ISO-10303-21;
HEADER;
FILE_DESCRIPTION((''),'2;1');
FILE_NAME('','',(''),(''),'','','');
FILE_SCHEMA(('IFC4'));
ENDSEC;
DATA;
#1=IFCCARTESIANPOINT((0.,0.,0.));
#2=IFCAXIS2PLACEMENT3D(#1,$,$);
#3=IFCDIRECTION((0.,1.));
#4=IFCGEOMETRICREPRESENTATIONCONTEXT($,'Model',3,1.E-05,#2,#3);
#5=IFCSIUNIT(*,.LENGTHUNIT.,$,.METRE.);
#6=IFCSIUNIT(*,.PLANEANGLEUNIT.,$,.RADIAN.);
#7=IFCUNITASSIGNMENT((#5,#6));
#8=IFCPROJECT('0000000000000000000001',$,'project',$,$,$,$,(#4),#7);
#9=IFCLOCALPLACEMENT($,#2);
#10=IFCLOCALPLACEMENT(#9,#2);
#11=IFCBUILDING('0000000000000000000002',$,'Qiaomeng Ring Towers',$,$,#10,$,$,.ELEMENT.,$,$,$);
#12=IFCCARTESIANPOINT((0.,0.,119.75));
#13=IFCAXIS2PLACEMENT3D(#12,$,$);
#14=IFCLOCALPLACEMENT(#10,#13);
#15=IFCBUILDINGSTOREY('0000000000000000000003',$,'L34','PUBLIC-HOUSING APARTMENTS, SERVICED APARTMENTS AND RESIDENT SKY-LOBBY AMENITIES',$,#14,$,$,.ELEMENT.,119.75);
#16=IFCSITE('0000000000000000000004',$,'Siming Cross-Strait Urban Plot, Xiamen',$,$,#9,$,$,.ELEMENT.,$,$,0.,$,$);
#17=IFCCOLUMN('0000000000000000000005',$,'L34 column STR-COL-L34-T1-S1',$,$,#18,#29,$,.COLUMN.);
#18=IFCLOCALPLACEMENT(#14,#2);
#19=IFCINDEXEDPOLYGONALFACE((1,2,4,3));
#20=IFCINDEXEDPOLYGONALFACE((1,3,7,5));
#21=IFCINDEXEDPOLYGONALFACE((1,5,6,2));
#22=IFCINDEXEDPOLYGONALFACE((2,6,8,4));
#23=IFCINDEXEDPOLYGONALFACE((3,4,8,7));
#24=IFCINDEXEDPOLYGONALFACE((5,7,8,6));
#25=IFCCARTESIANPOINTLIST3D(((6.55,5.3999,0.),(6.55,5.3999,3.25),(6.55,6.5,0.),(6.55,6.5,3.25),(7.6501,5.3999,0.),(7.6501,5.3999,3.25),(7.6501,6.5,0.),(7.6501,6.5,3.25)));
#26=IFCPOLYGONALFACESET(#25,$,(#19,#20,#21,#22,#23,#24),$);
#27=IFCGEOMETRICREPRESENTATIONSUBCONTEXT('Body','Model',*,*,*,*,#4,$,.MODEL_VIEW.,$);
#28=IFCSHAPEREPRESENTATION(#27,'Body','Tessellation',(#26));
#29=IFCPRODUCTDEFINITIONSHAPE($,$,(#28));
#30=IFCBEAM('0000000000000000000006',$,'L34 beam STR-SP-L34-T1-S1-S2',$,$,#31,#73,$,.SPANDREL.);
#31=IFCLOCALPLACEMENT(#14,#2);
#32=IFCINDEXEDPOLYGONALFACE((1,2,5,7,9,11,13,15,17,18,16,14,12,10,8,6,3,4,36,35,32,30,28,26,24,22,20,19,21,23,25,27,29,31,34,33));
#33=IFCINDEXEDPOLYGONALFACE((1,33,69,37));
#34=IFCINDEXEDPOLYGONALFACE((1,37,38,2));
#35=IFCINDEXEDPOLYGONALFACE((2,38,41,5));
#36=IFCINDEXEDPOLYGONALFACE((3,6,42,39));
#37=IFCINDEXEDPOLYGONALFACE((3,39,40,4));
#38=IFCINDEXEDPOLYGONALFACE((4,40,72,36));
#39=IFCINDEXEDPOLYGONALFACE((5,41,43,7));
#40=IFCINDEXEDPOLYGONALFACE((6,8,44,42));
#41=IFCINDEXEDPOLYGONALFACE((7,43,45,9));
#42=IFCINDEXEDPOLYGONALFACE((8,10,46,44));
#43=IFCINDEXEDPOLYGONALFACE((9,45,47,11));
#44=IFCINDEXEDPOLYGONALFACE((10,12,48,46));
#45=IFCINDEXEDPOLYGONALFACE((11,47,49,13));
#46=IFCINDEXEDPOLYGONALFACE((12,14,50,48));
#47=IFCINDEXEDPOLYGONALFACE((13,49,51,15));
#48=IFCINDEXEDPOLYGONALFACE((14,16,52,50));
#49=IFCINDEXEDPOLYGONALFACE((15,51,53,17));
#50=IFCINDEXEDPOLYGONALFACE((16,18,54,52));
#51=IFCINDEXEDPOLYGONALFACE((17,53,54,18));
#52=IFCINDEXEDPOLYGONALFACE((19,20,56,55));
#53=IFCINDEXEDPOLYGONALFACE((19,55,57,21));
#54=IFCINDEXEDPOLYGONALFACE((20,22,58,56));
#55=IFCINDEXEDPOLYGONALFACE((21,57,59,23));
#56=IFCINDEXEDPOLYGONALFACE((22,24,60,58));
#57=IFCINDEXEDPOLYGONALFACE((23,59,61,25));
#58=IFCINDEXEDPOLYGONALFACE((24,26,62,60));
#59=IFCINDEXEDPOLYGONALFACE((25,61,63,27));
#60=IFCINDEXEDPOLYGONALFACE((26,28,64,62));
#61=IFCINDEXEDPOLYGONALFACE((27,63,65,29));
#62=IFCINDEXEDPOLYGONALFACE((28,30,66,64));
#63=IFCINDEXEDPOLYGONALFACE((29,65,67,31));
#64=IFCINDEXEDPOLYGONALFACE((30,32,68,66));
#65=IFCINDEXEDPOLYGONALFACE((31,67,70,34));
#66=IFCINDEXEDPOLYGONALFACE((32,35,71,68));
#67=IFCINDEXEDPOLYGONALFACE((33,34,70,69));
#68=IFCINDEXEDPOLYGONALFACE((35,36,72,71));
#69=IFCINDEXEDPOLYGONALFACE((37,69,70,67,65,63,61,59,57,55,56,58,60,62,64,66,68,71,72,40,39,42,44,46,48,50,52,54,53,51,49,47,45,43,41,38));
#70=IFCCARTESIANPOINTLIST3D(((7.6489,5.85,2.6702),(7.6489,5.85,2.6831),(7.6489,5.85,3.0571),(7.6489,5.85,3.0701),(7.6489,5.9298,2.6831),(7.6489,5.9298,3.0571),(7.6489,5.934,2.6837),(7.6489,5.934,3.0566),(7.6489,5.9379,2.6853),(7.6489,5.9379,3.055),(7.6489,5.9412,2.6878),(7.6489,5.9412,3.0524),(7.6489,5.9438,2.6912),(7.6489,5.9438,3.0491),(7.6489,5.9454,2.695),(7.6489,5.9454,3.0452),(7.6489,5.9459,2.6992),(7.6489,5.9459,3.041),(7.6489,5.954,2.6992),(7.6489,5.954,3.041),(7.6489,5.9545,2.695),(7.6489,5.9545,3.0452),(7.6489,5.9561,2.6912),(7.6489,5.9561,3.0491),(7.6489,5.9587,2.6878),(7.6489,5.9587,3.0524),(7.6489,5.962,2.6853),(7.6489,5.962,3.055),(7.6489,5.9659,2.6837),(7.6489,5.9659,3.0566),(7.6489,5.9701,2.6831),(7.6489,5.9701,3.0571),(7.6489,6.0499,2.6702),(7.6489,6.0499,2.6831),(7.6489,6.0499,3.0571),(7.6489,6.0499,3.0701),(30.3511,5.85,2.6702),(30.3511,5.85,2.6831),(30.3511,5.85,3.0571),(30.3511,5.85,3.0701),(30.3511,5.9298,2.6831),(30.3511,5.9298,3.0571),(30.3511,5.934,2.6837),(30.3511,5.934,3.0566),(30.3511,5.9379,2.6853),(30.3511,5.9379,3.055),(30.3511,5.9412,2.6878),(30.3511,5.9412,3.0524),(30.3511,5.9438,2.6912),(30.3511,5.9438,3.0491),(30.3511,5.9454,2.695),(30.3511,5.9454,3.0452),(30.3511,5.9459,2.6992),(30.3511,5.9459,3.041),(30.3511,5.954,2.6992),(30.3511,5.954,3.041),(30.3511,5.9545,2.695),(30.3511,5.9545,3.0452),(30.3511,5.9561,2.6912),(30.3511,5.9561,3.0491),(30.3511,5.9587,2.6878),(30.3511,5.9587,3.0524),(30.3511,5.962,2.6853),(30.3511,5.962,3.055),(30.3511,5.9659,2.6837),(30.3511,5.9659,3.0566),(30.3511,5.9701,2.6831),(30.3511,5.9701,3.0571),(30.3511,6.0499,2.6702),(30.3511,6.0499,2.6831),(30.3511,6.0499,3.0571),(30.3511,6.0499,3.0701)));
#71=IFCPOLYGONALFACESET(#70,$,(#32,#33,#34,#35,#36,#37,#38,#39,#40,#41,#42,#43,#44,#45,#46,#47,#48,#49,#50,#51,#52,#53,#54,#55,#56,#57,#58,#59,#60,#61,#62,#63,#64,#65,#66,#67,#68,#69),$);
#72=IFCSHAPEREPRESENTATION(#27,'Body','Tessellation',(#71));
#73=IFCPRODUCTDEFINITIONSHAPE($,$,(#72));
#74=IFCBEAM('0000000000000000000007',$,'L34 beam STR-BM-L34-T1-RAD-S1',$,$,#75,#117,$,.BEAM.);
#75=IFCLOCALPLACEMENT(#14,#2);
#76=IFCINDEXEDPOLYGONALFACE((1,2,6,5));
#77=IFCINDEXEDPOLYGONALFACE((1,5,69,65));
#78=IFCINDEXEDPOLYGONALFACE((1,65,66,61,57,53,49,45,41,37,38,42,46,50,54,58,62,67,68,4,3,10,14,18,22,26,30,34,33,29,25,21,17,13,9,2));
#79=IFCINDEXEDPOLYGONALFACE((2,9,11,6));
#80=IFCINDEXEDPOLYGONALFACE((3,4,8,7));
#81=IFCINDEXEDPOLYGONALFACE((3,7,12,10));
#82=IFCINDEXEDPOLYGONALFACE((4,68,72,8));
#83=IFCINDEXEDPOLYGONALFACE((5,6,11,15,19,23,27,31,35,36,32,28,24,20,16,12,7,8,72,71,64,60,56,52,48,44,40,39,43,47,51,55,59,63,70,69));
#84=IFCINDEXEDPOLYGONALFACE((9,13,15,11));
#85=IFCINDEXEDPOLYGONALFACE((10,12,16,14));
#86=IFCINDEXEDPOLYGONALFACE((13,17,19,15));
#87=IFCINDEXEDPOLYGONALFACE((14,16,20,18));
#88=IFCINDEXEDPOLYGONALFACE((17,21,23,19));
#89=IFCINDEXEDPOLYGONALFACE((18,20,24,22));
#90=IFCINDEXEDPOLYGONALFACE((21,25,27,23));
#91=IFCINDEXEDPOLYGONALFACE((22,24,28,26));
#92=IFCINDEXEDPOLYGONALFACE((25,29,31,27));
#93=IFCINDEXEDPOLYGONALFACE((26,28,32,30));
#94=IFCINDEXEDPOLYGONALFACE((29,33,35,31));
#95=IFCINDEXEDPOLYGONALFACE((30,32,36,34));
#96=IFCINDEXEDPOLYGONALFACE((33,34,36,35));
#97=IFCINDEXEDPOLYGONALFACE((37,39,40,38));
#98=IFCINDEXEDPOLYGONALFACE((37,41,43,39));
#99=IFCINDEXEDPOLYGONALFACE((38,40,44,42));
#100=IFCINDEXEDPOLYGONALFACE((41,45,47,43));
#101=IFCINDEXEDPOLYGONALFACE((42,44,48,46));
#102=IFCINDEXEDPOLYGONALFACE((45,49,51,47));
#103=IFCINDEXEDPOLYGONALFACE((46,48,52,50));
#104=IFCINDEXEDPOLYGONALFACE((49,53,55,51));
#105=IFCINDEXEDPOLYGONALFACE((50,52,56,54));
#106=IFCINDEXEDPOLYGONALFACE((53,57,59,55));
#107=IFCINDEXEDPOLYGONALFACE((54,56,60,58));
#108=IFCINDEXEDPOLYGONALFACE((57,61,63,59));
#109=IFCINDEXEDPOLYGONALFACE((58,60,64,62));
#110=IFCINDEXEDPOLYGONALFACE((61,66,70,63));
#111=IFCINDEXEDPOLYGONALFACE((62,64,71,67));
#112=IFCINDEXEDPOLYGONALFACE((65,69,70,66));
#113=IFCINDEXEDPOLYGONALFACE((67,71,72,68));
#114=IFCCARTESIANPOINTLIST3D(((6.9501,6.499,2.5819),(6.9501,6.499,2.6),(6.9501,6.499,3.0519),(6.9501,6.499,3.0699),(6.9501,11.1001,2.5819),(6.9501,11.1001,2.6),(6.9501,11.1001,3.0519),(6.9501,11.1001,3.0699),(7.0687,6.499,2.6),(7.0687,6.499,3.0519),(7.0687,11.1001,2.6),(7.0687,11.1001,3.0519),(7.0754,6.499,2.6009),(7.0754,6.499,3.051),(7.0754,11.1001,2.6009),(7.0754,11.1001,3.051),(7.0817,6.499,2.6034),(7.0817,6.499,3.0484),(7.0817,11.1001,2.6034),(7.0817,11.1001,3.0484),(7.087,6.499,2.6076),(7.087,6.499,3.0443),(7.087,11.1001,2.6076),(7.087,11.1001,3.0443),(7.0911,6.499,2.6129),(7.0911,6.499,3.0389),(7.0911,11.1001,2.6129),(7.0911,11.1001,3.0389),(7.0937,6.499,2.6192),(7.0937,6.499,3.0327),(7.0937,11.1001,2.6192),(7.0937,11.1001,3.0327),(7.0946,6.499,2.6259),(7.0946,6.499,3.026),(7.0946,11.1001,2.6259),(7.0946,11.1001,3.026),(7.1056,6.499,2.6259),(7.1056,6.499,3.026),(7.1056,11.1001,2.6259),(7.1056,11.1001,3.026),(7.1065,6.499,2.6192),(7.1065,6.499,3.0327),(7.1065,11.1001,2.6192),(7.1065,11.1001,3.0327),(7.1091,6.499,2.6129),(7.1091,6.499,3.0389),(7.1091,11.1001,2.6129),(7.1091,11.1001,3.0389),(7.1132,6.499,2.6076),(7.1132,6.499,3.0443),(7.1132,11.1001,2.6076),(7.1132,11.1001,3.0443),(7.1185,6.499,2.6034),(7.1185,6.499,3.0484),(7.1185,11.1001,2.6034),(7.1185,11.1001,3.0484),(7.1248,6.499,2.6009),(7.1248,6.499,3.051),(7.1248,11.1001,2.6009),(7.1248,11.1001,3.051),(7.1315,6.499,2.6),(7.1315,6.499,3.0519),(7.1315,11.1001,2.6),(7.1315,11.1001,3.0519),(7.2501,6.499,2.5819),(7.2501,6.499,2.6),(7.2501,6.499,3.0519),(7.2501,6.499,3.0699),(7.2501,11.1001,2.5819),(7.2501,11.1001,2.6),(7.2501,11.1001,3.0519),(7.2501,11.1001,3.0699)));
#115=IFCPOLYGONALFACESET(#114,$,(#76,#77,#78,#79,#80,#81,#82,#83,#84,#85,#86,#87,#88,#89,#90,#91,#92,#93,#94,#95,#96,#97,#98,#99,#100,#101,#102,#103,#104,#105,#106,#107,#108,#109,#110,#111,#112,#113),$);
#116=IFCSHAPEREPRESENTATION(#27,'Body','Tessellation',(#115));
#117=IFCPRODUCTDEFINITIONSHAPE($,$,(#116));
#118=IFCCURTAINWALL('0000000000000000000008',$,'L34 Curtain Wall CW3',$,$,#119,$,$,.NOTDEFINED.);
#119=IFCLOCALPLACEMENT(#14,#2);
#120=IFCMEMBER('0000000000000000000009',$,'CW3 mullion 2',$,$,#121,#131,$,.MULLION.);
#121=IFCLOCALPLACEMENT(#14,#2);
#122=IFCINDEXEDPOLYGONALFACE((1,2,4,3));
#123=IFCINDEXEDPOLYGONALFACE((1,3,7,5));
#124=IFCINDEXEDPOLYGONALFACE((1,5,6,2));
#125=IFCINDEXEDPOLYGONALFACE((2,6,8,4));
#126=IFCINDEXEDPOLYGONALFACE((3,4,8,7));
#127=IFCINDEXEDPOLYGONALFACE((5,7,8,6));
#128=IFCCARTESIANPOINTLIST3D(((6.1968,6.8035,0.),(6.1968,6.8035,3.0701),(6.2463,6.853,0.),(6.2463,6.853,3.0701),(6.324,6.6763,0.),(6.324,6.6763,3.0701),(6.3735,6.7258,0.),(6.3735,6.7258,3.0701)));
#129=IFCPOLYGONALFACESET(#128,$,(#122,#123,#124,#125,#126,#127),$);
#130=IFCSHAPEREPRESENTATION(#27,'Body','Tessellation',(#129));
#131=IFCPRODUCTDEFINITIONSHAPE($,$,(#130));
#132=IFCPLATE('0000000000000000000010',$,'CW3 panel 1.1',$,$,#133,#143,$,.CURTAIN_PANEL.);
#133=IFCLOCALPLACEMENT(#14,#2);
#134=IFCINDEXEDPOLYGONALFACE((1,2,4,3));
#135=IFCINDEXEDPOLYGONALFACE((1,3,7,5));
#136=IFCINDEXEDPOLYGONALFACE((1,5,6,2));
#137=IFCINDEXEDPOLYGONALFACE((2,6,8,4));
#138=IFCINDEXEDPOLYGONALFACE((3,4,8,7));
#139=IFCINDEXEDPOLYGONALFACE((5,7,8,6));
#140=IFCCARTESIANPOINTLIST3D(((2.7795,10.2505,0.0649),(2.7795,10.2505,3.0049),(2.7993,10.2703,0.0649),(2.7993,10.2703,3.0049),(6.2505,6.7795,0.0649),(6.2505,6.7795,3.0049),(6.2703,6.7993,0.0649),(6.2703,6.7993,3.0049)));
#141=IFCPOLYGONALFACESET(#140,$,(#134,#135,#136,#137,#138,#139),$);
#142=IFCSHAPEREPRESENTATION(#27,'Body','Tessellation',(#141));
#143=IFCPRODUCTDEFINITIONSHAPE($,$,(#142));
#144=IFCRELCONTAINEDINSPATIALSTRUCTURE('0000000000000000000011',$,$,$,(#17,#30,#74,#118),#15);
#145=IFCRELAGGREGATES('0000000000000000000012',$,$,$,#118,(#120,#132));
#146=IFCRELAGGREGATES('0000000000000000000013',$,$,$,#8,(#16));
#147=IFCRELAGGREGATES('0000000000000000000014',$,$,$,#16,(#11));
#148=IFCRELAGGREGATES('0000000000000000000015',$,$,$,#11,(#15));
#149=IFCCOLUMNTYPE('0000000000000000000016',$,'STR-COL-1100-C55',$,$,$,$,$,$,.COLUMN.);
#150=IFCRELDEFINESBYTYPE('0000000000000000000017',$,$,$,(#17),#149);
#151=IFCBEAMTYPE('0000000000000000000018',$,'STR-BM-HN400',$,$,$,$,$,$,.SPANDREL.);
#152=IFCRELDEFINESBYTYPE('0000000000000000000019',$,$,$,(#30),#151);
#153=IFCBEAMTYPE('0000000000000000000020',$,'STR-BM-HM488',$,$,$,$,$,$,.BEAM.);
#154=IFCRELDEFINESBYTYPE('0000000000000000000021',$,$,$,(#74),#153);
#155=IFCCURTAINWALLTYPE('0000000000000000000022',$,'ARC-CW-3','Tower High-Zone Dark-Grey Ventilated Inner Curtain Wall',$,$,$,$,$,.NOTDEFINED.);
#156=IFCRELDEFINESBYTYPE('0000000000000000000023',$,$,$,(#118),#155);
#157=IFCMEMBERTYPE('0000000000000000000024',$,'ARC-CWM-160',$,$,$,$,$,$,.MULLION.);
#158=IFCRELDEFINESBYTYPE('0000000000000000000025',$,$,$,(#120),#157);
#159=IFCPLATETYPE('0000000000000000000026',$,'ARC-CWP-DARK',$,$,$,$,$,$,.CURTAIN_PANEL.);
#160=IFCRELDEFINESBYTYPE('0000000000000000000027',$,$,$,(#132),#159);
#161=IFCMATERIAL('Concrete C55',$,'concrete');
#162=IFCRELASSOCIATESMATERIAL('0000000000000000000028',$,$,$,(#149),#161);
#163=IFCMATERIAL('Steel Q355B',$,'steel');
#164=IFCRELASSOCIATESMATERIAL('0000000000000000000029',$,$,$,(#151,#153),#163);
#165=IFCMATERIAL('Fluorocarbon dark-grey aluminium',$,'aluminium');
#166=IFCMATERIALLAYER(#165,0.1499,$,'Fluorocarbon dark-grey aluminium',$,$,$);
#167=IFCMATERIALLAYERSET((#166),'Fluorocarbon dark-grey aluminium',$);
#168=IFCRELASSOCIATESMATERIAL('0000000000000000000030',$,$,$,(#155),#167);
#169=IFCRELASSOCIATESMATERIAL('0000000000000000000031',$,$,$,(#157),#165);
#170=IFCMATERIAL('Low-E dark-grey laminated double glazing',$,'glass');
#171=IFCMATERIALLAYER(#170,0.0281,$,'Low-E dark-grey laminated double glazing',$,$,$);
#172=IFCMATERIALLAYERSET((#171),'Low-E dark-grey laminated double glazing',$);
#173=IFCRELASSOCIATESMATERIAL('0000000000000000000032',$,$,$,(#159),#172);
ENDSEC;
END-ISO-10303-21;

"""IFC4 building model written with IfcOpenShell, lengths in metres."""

from ifc_helpers import new_model, si_unit, direction, frame, origin, origin_2d, place, context, subcontext, project, spatial, rectangle, i_section, extrude, source, transform, mapped, material, layer, layer_set, material_profile, profile_set, type_object, element, aggregate, save


model = new_model("IFC4")

# Units and contexts
model_context = context("Model", 3, precision=1e-05, world=origin(), true_north=direction((0.0, 1.0)))
body_context = subcontext(model_context, "Body", "Model", "MODEL_VIEW")
ifc_project = project(units=[si_unit("LENGTHUNIT", "METRE"), si_unit("PLANEANGLEUNIT", "RADIAN")], contexts=[model_context])

# Site, building, storey
site_placement = place(None, origin())
site = spatial("IfcSite", under=ifc_project, at=site_placement, Name="Siming Cross-Strait Urban Plot, Xiamen", CompositionType="ELEMENT", RefElevation=0.0)
building_placement = place(site_placement, origin())
building = spatial("IfcBuilding", under=site, at=building_placement, Name="Qiaomeng Ring Towers", CompositionType="ELEMENT")
storey_placement = place(building_placement, frame((0.0, 0.0, 119.75)))
storey = spatial("IfcBuildingStorey", under=building, at=storey_placement, Name="L34", Description="PUBLIC-HOUSING APARTMENTS, SERVICED APARTMENTS AND RESIDENT SKY-LOBBY AMENITIES", CompositionType="ELEMENT", Elevation=119.75)

# Column
ifc_material_1 = material(Name="Concrete C55", Category="concrete")
ifc_material_profile_1 = material_profile(ifc_material_1, rectangle(XDim=1.1001, YDim=1.1001, at=origin_2d()), Name="RC COL 1100x1100")
ifc_profile_set_1 = profile_set([ifc_material_profile_1], Name="Concrete C55")
column_type = type_object("IfcColumnType", Name="STR-COL-1100-C55", PredefinedType="COLUMN", material=ifc_profile_set_1)
shared_shape_1 = source(origin(), body_context, "Body", "SweptSolid", [
    extrude(rectangle(XDim=1.1001, YDim=1.1001, at=origin_2d()), origin(), (0.0, 0.0, 1.0), 3.25),
])
column_placement = place(storey_placement, frame((7.1001, 5.95, 0.0), z_axis=(0.0, 0.0, 1.0), x_axis=(1.0, 0.0, 0.0)))
element("IfcColumn", 1, at=column_placement, inside=storey, type_object=column_type, Name="L34 column STR-COL-L34-T1-S1", PredefinedType="COLUMN", context=body_context, shape_type="MappedRepresentation", body=[
    mapped(shared_shape_1, transform((0.0, 0.0, 0.0), x_axis=(1.0, 0.0, 0.0), y_axis=(0.0, 1.0, 0.0), z_axis=(0.0, 0.0, 1.0), scale=1.0)),
])

# Beams
ifc_material_2 = material(Name="Steel Q355B", Category="steel")
ifc_material_profile_2 = material_profile(ifc_material_2, i_section(OverallWidth=0.2, OverallDepth=0.3999, WebThickness=0.0081, FlangeThickness=0.0129, FilletRadius=0.0161, at=origin_2d()), Name="HN 400x200x8x13")
ifc_profile_set_2 = profile_set([ifc_material_profile_2], Name="Steel Q355B")
beam_type_1 = type_object("IfcBeamType", Name="STR-BM-HN400", PredefinedType="SPANDREL", material=ifc_profile_set_2)
shared_shape_2 = source(origin(), body_context, "Body", "SweptSolid", [
    extrude(i_section(OverallWidth=0.2, OverallDepth=0.3999, WebThickness=0.0081, FlangeThickness=0.0129, FilletRadius=0.0161, at=origin_2d()), origin(), (0.0, 0.0, 1.0), 22.7021),
])
beam_1_placement = place(storey_placement, frame((7.6489, 5.95, 2.8701), z_axis=(1.0, 0.0, 0.0), x_axis=(0.0, 1.0, 0.0)))
element("IfcBeam", 2, at=beam_1_placement, inside=storey, type_object=beam_type_1, Name="L34 beam STR-SP-L34-T1-S1-S2", PredefinedType="SPANDREL", context=body_context, shape_type="MappedRepresentation", body=[
    mapped(shared_shape_2, transform((0.0, 0.0, 0.0), x_axis=(1.0, 0.0, 0.0), y_axis=(0.0, 1.0, 0.0), z_axis=(0.0, 0.0, 1.0), scale=1.0)),
])
ifc_material_profile_3 = material_profile(ifc_material_2, i_section(OverallWidth=0.3, OverallDepth=0.488, WebThickness=0.011, FlangeThickness=0.0181, FilletRadius=0.0259, at=origin_2d()), Name="HM 488x300x11x18")
ifc_profile_set_3 = profile_set([ifc_material_profile_3], Name="Steel Q355B")
beam_type_2 = type_object("IfcBeamType", Name="STR-BM-HM488", PredefinedType="BEAM", material=ifc_profile_set_3)
shared_shape_3 = source(origin(), body_context, "Body", "SweptSolid", [
    extrude(i_section(OverallWidth=0.3, OverallDepth=0.488, WebThickness=0.011, FlangeThickness=0.0181, FilletRadius=0.0259, at=origin_2d()), origin(), (0.0, 0.0, 1.0), 4.6011),
])
beam_2_placement = place(storey_placement, frame((7.1001, 6.499, 2.8259), z_axis=(0.0, 1.0, 0.0), x_axis=(-1.0, 0.0, 0.0)))
element("IfcBeam", 3, at=beam_2_placement, inside=storey, type_object=beam_type_2, Name="L34 beam STR-BM-L34-T1-RAD-S1", PredefinedType="BEAM", context=body_context, shape_type="MappedRepresentation", body=[
    mapped(shared_shape_3, transform((0.0, 0.0, 0.0), x_axis=(1.0, 0.0, 0.0), y_axis=(0.0, 1.0, 0.0), z_axis=(0.0, 0.0, 1.0), scale=1.0)),
])

# Curtain wall, member, plate
ifc_material_3 = material(Name="Fluorocarbon dark-grey aluminium", Category="aluminium")
ifc_layer_1 = layer(ifc_material_3, 0.1499, Name="Fluorocarbon dark-grey aluminium")
ifc_layer_set_1 = layer_set([ifc_layer_1], Name="Fluorocarbon dark-grey aluminium")
curtain_wall_type = type_object("IfcCurtainWallType", Name="ARC-CW-3", Description="Tower High-Zone Dark-Grey Ventilated Inner Curtain Wall", PredefinedType="NOTDEFINED", material=ifc_layer_set_1)
curtain_wall_placement = place(storey_placement, origin())
curtain_wall = element("IfcCurtainWall", 4, at=curtain_wall_placement, inside=storey, type_object=curtain_wall_type, Name="L34 Curtain Wall CW3", PredefinedType="NOTDEFINED")
ifc_material_profile_4 = material_profile(ifc_material_3, rectangle(XDim=0.0701, YDim=0.1799, at=origin_2d()), Name="ALU MULL 70x180")
ifc_profile_set_4 = profile_set([ifc_material_profile_4], Name="Fluorocarbon dark-grey aluminium")
member_type = type_object("IfcMemberType", Name="ARC-CWM-160", PredefinedType="MULLION", material=ifc_profile_set_4)
shared_shape_4 = source(origin(), body_context, "Body", "SweptSolid", [
    extrude(rectangle(XDim=0.0701, YDim=0.1799, at=origin_2d()), origin(), (0.0, 0.0, 1.0), 3.0701),
])
member_placement = place(storey_placement, frame((6.2852, 6.7646, 0.0), z_axis=(0.0, 0.0, 1.0), x_axis=(0.707107, 0.707107, 0.0)))
member = element("IfcMember", 5, at=member_placement, type_object=member_type, Name="CW3 mullion 2", PredefinedType="MULLION", context=body_context, shape_type="MappedRepresentation", body=[
    mapped(shared_shape_4, transform((0.0, 0.0, 0.0), x_axis=(1.0, 0.0, 0.0), y_axis=(0.0, 1.0, 0.0), z_axis=(0.0, 0.0, 1.0), scale=1.0)),
])
ifc_material_4 = material(Name="Low-E dark-grey laminated double glazing", Category="glass")
ifc_layer_2 = layer(ifc_material_4, 0.0281, Name="Low-E dark-grey laminated double glazing")
ifc_layer_set_2 = layer_set([ifc_layer_2], Name="Low-E dark-grey laminated double glazing")
plate_type = type_object("IfcPlateType", Name="ARC-CWP-DARK", PredefinedType="CURTAIN_PANEL", material=ifc_layer_set_2)
shared_shape_5 = source(origin(), body_context, "Body", "SweptSolid", [
    extrude(rectangle(XDim=4.9087, YDim=0.0281, at=origin_2d()), origin(), (0.0, 0.0, 1.0), 2.9399),
])
plate_placement = place(storey_placement, frame((4.5249, 8.5249, 0.0649), z_axis=(0.0, 0.0, 1.0), x_axis=(0.707107, -0.707107, 0.0)))
plate = element("IfcPlate", 6, at=plate_placement, type_object=plate_type, Name="CW3 panel 1.1", PredefinedType="CURTAIN_PANEL", context=body_context, shape_type="MappedRepresentation", body=[
    mapped(shared_shape_5, transform((0.0, 0.0, 0.0), x_axis=(1.0, 0.0, 0.0), y_axis=(0.0, 1.0, 0.0), z_axis=(0.0, 0.0, 1.0), scale=1.0)),
])
aggregate(curtain_wall, [member, plate])

save(model, "model.ifc")
